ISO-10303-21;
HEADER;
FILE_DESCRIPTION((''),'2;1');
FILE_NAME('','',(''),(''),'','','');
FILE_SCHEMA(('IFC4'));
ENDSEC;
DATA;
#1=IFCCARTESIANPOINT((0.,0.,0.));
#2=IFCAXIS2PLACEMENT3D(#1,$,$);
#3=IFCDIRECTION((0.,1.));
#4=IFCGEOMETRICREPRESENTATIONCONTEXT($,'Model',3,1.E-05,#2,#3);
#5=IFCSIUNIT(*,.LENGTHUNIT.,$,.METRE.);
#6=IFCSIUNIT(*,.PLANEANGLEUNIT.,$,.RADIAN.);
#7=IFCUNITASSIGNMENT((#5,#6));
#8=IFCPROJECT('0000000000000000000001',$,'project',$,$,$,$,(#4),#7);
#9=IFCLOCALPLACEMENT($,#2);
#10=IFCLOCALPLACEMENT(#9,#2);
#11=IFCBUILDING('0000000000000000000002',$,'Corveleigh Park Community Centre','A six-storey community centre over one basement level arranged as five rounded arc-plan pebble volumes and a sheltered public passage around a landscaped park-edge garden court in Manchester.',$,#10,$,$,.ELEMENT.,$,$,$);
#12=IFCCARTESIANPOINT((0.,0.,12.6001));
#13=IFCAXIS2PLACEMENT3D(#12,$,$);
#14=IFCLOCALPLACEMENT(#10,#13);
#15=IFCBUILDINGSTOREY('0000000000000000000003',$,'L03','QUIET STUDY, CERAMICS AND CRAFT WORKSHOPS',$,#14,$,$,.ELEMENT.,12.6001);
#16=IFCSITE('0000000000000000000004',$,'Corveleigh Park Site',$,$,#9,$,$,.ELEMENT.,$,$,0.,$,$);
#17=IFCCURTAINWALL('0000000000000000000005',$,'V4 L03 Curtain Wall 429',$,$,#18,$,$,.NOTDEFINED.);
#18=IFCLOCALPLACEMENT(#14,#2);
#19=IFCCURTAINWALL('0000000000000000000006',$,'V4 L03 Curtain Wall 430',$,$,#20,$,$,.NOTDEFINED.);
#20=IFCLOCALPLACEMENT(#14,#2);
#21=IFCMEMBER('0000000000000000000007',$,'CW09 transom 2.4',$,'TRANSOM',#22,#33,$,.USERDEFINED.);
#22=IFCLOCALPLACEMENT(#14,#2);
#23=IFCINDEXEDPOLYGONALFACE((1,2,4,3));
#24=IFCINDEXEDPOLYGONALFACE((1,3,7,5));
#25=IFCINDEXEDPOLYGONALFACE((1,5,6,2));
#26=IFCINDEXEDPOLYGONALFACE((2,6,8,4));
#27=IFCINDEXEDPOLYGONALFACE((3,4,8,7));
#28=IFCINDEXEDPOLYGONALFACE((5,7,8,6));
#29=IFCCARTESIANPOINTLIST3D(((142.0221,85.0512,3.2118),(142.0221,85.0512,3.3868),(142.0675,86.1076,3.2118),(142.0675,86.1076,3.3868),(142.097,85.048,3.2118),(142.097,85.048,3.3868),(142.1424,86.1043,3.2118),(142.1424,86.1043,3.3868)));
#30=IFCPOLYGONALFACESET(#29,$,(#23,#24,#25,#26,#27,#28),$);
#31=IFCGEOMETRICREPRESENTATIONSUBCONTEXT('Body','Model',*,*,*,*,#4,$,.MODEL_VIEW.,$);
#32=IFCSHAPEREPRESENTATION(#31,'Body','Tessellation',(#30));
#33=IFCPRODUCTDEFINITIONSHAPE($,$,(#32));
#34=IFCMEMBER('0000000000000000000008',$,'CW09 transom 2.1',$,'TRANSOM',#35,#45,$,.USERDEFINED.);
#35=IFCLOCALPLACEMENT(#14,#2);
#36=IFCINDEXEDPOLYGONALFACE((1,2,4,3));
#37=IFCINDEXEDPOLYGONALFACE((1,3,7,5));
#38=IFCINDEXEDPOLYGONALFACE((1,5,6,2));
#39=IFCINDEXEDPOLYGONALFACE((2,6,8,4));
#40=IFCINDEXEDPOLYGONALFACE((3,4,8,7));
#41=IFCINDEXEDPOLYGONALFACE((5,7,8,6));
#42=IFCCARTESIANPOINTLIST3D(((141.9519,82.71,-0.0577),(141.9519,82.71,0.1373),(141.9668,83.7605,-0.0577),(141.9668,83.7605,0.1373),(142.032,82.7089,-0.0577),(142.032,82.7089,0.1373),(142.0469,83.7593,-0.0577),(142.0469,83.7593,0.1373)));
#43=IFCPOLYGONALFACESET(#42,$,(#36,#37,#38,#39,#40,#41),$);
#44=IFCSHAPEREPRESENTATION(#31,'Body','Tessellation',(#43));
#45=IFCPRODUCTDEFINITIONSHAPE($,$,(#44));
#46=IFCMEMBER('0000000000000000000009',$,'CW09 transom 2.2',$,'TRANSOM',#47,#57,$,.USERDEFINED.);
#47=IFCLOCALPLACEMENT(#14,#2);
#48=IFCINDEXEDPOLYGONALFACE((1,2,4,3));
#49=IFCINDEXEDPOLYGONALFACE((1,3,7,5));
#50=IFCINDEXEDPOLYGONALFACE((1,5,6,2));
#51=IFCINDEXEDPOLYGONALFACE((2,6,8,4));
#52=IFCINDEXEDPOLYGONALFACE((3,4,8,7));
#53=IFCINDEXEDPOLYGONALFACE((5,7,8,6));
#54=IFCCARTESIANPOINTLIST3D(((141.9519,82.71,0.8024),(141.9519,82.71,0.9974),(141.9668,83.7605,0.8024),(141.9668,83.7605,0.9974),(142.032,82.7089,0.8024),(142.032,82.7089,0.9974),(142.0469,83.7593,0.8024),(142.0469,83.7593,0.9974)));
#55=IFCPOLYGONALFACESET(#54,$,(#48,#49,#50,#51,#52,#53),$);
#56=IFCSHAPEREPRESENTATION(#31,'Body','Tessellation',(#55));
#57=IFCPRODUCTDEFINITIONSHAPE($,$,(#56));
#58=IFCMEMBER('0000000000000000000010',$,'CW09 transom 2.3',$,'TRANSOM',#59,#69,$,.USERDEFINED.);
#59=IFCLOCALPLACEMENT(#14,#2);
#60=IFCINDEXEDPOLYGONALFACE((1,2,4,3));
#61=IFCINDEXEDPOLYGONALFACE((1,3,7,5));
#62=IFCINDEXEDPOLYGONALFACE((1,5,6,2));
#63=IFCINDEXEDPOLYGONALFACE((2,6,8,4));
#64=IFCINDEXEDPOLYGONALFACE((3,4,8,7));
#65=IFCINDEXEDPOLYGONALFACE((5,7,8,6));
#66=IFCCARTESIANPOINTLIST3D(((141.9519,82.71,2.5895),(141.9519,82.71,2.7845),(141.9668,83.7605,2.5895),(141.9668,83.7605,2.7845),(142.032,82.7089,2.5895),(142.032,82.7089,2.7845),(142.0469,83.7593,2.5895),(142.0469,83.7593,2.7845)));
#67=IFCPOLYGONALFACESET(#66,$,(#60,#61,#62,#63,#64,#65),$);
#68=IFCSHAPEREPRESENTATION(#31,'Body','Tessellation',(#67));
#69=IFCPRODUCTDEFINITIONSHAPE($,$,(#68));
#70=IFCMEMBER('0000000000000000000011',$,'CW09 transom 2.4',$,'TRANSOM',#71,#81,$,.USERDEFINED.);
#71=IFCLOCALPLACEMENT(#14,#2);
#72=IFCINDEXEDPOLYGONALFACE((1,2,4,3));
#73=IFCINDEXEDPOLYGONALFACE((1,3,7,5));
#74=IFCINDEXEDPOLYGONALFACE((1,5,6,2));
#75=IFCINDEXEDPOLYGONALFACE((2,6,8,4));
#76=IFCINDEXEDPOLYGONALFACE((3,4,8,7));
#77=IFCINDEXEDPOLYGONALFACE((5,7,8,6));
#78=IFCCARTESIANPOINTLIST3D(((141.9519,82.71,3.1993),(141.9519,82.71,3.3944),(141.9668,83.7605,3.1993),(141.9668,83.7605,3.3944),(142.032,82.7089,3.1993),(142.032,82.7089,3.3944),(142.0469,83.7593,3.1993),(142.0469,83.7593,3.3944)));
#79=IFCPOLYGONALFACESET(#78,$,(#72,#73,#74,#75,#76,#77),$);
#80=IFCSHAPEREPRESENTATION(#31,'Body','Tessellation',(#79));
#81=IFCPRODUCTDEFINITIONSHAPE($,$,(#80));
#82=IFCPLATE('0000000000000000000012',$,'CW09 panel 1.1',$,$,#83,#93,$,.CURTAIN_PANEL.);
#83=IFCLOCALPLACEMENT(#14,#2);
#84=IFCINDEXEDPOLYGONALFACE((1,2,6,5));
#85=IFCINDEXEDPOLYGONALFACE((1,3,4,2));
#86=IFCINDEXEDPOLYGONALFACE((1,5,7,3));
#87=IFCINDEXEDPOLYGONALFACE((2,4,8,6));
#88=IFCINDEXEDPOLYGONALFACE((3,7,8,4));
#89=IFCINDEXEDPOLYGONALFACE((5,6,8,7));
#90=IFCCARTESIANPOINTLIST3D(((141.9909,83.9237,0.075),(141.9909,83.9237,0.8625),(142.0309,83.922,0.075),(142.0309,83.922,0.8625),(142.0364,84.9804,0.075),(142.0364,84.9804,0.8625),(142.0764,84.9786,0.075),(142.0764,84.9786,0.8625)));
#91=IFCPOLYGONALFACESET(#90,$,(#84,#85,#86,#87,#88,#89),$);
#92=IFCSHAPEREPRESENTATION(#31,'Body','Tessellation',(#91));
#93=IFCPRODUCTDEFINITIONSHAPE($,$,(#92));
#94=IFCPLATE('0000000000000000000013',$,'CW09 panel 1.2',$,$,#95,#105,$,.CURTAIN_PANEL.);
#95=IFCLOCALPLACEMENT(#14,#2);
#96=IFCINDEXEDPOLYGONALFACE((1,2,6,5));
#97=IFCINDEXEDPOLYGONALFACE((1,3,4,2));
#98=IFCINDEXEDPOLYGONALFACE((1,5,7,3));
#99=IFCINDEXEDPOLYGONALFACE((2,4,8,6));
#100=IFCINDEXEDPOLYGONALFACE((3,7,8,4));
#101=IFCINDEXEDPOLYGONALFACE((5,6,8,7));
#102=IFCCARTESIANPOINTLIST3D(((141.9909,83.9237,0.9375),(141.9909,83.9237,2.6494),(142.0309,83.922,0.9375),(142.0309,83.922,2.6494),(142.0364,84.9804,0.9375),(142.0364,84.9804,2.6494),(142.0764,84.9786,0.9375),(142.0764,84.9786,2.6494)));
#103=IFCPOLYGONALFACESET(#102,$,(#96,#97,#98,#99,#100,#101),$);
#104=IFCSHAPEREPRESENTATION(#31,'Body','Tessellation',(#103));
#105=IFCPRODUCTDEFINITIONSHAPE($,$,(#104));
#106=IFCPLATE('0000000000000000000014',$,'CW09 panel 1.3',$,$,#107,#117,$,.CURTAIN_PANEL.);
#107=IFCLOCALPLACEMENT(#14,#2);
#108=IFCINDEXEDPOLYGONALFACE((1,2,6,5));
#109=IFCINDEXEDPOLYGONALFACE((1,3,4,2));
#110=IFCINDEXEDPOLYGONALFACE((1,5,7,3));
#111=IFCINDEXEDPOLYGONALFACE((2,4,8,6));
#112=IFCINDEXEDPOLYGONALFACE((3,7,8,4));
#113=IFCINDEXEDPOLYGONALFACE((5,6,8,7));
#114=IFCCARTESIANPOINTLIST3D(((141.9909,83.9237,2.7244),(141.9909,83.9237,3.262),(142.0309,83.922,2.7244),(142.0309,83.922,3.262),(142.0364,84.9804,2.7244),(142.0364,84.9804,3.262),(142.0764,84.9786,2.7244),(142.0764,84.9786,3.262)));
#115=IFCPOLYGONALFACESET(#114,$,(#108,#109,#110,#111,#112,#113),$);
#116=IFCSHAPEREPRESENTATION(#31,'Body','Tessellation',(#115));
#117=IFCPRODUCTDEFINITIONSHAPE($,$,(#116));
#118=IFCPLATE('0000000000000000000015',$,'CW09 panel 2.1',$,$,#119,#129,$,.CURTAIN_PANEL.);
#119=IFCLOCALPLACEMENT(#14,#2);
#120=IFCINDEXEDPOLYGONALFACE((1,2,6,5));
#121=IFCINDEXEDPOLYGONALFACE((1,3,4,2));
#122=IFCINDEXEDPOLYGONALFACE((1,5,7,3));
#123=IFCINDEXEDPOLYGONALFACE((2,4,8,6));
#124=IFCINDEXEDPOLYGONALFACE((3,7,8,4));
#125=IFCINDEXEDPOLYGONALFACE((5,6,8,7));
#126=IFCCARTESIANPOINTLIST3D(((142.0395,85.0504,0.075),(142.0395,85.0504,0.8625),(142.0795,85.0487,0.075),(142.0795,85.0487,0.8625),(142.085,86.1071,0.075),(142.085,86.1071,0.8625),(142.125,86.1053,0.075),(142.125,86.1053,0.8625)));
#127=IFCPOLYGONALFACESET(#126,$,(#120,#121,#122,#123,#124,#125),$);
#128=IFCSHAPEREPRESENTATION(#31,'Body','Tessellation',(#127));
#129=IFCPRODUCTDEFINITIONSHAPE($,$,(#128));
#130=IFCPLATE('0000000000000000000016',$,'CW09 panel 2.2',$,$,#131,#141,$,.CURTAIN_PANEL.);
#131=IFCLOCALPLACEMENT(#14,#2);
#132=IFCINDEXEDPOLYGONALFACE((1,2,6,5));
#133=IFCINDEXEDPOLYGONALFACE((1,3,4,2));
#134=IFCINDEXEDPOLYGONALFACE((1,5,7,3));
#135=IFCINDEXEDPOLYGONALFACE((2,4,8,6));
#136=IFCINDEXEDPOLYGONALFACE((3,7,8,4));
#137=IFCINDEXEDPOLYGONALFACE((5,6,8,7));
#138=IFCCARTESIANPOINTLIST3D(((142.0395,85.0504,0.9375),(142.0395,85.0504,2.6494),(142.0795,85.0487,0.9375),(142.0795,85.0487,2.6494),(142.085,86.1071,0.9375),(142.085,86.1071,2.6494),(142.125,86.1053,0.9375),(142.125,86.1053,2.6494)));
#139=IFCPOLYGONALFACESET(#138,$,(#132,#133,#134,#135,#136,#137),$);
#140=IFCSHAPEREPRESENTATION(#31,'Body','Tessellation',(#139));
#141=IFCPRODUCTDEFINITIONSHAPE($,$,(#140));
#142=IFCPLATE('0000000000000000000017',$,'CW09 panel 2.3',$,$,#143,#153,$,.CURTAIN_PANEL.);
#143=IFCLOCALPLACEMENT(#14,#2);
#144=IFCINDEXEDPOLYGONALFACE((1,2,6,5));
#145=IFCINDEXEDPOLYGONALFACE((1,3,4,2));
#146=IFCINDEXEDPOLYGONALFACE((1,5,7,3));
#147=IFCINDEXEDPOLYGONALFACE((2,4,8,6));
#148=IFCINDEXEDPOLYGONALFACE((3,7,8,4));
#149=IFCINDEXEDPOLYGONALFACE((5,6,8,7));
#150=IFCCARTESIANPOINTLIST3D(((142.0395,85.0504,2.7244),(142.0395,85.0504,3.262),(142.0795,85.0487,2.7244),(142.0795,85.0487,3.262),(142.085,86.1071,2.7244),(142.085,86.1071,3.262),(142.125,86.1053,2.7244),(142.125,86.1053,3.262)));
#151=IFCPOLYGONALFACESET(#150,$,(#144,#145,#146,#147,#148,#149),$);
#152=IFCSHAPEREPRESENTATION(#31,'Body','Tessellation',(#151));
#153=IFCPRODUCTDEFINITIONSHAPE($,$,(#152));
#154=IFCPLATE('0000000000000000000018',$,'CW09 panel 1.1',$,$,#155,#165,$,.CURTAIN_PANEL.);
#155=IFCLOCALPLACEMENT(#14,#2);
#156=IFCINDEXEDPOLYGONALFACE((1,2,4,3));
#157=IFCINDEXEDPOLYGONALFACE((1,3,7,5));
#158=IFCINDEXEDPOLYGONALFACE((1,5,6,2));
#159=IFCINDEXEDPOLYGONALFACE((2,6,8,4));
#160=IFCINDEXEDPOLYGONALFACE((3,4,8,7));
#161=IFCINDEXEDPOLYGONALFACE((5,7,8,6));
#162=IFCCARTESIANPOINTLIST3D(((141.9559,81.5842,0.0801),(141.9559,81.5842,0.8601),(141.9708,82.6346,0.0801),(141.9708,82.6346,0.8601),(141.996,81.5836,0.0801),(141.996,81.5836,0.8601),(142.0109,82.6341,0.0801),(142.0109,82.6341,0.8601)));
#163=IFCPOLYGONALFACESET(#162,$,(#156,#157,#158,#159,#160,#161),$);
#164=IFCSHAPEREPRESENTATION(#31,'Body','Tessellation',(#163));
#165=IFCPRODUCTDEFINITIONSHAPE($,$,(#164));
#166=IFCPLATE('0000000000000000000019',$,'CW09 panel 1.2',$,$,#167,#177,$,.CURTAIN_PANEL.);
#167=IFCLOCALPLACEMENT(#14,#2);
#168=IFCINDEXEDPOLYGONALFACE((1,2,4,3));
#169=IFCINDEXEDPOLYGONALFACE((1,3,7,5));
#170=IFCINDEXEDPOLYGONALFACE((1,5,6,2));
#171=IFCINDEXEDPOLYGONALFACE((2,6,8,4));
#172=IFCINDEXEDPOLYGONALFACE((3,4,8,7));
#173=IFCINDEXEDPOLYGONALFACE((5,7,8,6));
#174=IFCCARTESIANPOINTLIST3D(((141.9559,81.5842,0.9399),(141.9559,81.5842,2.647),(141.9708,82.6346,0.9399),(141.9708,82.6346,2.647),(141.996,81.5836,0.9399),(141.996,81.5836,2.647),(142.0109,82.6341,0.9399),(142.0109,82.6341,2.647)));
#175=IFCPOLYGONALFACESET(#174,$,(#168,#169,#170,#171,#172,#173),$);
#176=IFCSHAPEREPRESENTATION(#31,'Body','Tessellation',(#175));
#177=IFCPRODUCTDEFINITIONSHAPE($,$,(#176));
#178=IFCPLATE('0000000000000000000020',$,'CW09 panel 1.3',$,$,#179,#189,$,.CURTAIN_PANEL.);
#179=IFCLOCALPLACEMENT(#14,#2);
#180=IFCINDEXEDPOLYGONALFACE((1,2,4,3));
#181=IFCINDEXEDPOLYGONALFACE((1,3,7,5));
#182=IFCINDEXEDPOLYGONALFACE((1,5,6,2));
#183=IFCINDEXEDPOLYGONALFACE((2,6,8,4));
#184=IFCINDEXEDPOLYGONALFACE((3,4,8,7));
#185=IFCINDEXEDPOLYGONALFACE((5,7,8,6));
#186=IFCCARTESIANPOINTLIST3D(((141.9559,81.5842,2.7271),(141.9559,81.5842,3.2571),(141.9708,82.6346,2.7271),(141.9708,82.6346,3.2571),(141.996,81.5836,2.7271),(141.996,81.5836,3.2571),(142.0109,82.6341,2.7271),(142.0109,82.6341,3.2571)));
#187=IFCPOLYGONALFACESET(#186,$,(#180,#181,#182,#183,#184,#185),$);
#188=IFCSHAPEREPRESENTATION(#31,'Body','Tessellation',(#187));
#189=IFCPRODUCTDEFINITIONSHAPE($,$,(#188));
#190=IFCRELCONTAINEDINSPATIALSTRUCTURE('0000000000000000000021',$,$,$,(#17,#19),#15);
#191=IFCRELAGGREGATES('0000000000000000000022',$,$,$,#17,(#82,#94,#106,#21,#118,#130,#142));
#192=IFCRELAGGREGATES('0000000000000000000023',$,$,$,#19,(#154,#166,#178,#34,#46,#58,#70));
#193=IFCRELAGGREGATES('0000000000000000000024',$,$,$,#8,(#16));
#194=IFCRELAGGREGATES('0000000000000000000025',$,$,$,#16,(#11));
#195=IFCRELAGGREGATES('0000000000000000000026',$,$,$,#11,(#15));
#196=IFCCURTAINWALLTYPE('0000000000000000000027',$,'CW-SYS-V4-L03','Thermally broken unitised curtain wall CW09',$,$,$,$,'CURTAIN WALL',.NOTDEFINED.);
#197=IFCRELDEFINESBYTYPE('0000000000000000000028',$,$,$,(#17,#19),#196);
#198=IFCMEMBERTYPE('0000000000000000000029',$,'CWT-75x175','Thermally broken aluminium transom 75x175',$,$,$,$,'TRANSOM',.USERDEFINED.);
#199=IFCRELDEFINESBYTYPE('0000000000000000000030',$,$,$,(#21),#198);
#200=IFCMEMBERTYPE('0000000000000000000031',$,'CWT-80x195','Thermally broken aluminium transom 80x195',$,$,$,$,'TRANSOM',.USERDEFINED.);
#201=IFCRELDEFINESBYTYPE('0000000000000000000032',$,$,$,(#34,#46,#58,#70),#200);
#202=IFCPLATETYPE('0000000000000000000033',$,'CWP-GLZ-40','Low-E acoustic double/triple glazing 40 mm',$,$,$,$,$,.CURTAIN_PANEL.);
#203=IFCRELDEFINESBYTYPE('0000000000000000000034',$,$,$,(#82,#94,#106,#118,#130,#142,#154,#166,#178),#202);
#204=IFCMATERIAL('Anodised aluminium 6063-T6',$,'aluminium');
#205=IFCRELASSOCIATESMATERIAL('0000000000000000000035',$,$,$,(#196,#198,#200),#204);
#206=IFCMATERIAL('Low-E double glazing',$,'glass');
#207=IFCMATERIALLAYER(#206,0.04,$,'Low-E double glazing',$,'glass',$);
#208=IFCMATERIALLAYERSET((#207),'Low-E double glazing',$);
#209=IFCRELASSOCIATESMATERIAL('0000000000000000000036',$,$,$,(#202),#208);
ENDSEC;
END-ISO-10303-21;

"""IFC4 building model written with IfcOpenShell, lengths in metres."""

from ifc_helpers import new_model, si_unit, direction, frame, origin, origin_2d, place, context, subcontext, project, spatial, rectangle, extrude, material, layer, layer_set, material_profile, profile_set, type_object, element, aggregate, save


model = new_model("IFC4")

# Units and contexts
model_context = context("Model", 3, precision=1e-05, world=origin(), true_north=direction((0.0, 1.0)))
body_context = subcontext(model_context, "Body", "Model", "MODEL_VIEW")
ifc_project = project(units=[si_unit("LENGTHUNIT", "METRE"), si_unit("PLANEANGLEUNIT", "RADIAN")], contexts=[model_context])

# Site, building, storey
site_placement = place(None, origin())
site = spatial("IfcSite", under=ifc_project, at=site_placement, Name="Corveleigh Park Site", CompositionType="ELEMENT", RefElevation=0.0)
building_placement = place(site_placement, origin())
building = spatial("IfcBuilding", under=site, at=building_placement, Name="Corveleigh Park Community Centre", Description="A six-storey community centre over one basement level arranged as five rounded arc-plan pebble volumes and a sheltered public passage around a landscaped park-edge garden court in Manchester.", CompositionType="ELEMENT")
storey_placement = place(building_placement, frame((0.0, 0.0, 12.6001)))
storey = spatial("IfcBuildingStorey", under=building, at=storey_placement, Name="L03", Description="QUIET STUDY, CERAMICS AND CRAFT WORKSHOPS", CompositionType="ELEMENT", Elevation=12.6001)

# Shared definitions
ifc_material_1 = material(Name="Anodised aluminium 6063-T6", Category="aluminium")
curtain_wall_type = type_object("IfcCurtainWallType", Name="CW-SYS-V4-L03", Description="Thermally broken unitised curtain wall CW09", ElementType="CURTAIN WALL", PredefinedType="NOTDEFINED", material=ifc_material_1)

# Curtain walls
curtain_wall_1_placement = place(storey_placement, origin())
curtain_wall_1 = element("IfcCurtainWall", 1, at=curtain_wall_1_placement, inside=storey, type_object=curtain_wall_type, Name="V4 L03 Curtain Wall 429", PredefinedType="NOTDEFINED")
curtain_wall_2_placement = place(storey_placement, origin())
curtain_wall_2 = element("IfcCurtainWall", 2, at=curtain_wall_2_placement, inside=storey, type_object=curtain_wall_type, Name="V4 L03 Curtain Wall 430", PredefinedType="NOTDEFINED")

# Members
ifc_material_profile_1 = material_profile(ifc_material_1, rectangle(XDim=0.075, YDim=0.175, at=origin_2d()), Name="ALU-T75x175", Category="aluminium")
ifc_profile_set_1 = profile_set([ifc_material_profile_1], Name="Anodised aluminium 6063-T6")
member_type_1 = type_object("IfcMemberType", Name="CWT-75x175", Description="Thermally broken aluminium transom 75x175", ElementType="TRANSOM", PredefinedType="USERDEFINED", material=ifc_profile_set_1)
member_1_placement = place(storey_placement, frame((142.0596, 85.0496, 3.2993), z_axis=(0.042946, 0.999077, 0.0), x_axis=(-0.999077, 0.042946, 0.0)))
member_1 = element("IfcMember", 3, at=member_1_placement, type_object=member_type_1, Name="CW09 transom 2.4", ObjectType="TRANSOM", PredefinedType="USERDEFINED", context=body_context, shape_type="SweptSolid", body=[
    extrude(rectangle(XDim=0.075, YDim=0.175, at=origin_2d()), origin(), (0.0, 0.0, 1.0), 1.0574),
])
ifc_material_profile_2 = material_profile(ifc_material_1, rectangle(XDim=0.0801, YDim=0.1951, at=origin_2d()), Name="ALU-T80x195", Category="aluminium")
ifc_profile_set_2 = profile_set([ifc_material_profile_2], Name="Anodised aluminium 6063-T6")
member_type_2 = type_object("IfcMemberType", Name="CWT-80x195", Description="Thermally broken aluminium transom 80x195", ElementType="TRANSOM", PredefinedType="USERDEFINED", material=ifc_profile_set_2)
member_2_placement = place(storey_placement, frame((141.9919, 82.7095, 0.0398), z_axis=(0.014175, 0.9999, 0.0), x_axis=(-0.9999, 0.014175, 0.0)))
member_2 = element("IfcMember", 4, at=member_2_placement, type_object=member_type_2, Name="CW09 transom 2.1", ObjectType="TRANSOM", PredefinedType="USERDEFINED", context=body_context, shape_type="SweptSolid", body=[
    extrude(rectangle(XDim=0.0801, YDim=0.1951, at=origin_2d()), origin(), (0.0, 0.0, 1.0), 1.0505),
])
member_3_placement = place(storey_placement, frame((141.9919, 82.7095, 0.8999), z_axis=(0.014175, 0.9999, 0.0), x_axis=(-0.9999, 0.014175, 0.0)))
member_3 = element("IfcMember", 5, at=member_3_placement, type_object=member_type_2, Name="CW09 transom 2.2", ObjectType="TRANSOM", PredefinedType="USERDEFINED", context=body_context, shape_type="SweptSolid", body=[
    extrude(rectangle(XDim=0.0801, YDim=0.1951, at=origin_2d()), origin(), (0.0, 0.0, 1.0), 1.0505),
])
member_4_placement = place(storey_placement, frame((141.9919, 82.7095, 2.687), z_axis=(0.014175, 0.9999, 0.0), x_axis=(-0.9999, 0.014175, 0.0)))
member_4 = element("IfcMember", 6, at=member_4_placement, type_object=member_type_2, Name="CW09 transom 2.3", ObjectType="TRANSOM", PredefinedType="USERDEFINED", context=body_context, shape_type="SweptSolid", body=[
    extrude(rectangle(XDim=0.0801, YDim=0.1951, at=origin_2d()), origin(), (0.0, 0.0, 1.0), 1.0505),
])
member_5_placement = place(storey_placement, frame((141.9919, 82.7095, 3.2969), z_axis=(0.014175, 0.9999, 0.0), x_axis=(-0.9999, 0.014175, 0.0)))
member_5 = element("IfcMember", 7, at=member_5_placement, type_object=member_type_2, Name="CW09 transom 2.4", ObjectType="TRANSOM", PredefinedType="USERDEFINED", context=body_context, shape_type="SweptSolid", body=[
    extrude(rectangle(XDim=0.0801, YDim=0.1951, at=origin_2d()), origin(), (0.0, 0.0, 1.0), 1.0505),
])

# Plates
ifc_material_2 = material(Name="Low-E double glazing", Category="glass")
ifc_layer_1 = layer(ifc_material_2, 0.04, Name="Low-E double glazing", Category="glass")
ifc_layer_set_1 = layer_set([ifc_layer_1], Name="Low-E double glazing")
plate_type = type_object("IfcPlateType", Name="CWP-GLZ-40", Description="Low-E acoustic double/triple glazing 40 mm", PredefinedType="CURTAIN_PANEL", material=ifc_layer_set_1)
plate_1_placement = place(storey_placement, frame((142.0337, 84.4512, 0.075), z_axis=(0.0, 0.0, 1.0), x_axis=(0.043008, 0.999075, 0.0)))
plate_1 = element("IfcPlate", 8, at=plate_1_placement, type_object=plate_type, Name="CW09 panel 1.1", PredefinedType="CURTAIN_PANEL", context=body_context, shape_type="SweptSolid", body=[
    extrude(rectangle(XDim=1.0576, YDim=0.04, at=origin_2d()), origin(), (0.0, 0.0, 1.0), 0.7876),
])
plate_2_placement = place(storey_placement, frame((142.0337, 84.4512, 0.9375), z_axis=(0.0, 0.0, 1.0), x_axis=(0.043008, 0.999075, 0.0)))
plate_2 = element("IfcPlate", 9, at=plate_2_placement, type_object=plate_type, Name="CW09 panel 1.2", PredefinedType="CURTAIN_PANEL", context=body_context, shape_type="SweptSolid", body=[
    extrude(rectangle(XDim=1.0576, YDim=0.04, at=origin_2d()), origin(), (0.0, 0.0, 1.0), 1.7119),
])
plate_3_placement = place(storey_placement, frame((142.0337, 84.4512, 2.7244), z_axis=(0.0, 0.0, 1.0), x_axis=(0.043008, 0.999075, 0.0)))
plate_3 = element("IfcPlate", 10, at=plate_3_placement, type_object=plate_type, Name="CW09 panel 1.3", PredefinedType="CURTAIN_PANEL", context=body_context, shape_type="SweptSolid", body=[
    extrude(rectangle(XDim=1.0576, YDim=0.04, at=origin_2d()), origin(), (0.0, 0.0, 1.0), 0.5376),
])
plate_4_placement = place(storey_placement, frame((142.0823, 85.5779, 0.075), z_axis=(0.0, 0.0, 1.0), x_axis=(0.043008, 0.999075, 0.0)))
plate_4 = element("IfcPlate", 11, at=plate_4_placement, type_object=plate_type, Name="CW09 panel 2.1", PredefinedType="CURTAIN_PANEL", context=body_context, shape_type="SweptSolid", body=[
    extrude(rectangle(XDim=1.0576, YDim=0.04, at=origin_2d()), origin(), (0.0, 0.0, 1.0), 0.7876),
])
plate_5_placement = place(storey_placement, frame((142.0823, 85.5779, 0.9375), z_axis=(0.0, 0.0, 1.0), x_axis=(0.043008, 0.999075, 0.0)))
plate_5 = element("IfcPlate", 12, at=plate_5_placement, type_object=plate_type, Name="CW09 panel 2.2", PredefinedType="CURTAIN_PANEL", context=body_context, shape_type="SweptSolid", body=[
    extrude(rectangle(XDim=1.0576, YDim=0.04, at=origin_2d()), origin(), (0.0, 0.0, 1.0), 1.7119),
])
plate_6_placement = place(storey_placement, frame((142.0823, 85.5779, 2.7244), z_axis=(0.0, 0.0, 1.0), x_axis=(0.043008, 0.999075, 0.0)))
plate_6 = element("IfcPlate", 13, at=plate_6_placement, type_object=plate_type, Name="CW09 panel 2.3", PredefinedType="CURTAIN_PANEL", context=body_context, shape_type="SweptSolid", body=[
    extrude(rectangle(XDim=1.0576, YDim=0.04, at=origin_2d()), origin(), (0.0, 0.0, 1.0), 0.5376),
])
aggregate(curtain_wall_1, [plate_1, plate_2, plate_3, member_1, plate_4, plate_5, plate_6])
plate_7_placement = place(storey_placement, frame((141.9834, 82.1091, 0.0801), z_axis=(0.0, 0.0, 1.0), x_axis=(0.014186, 0.999899, 0.0)))
plate_7 = element("IfcPlate", 14, at=plate_7_placement, type_object=plate_type, Name="CW09 panel 1.1", PredefinedType="CURTAIN_PANEL", context=body_context, shape_type="SweptSolid", body=[
    extrude(rectangle(XDim=1.0505, YDim=0.04, at=origin_2d()), origin(), (0.0, 0.0, 1.0), 0.78),
])
plate_8_placement = place(storey_placement, frame((141.9834, 82.1091, 0.9399), z_axis=(0.0, 0.0, 1.0), x_axis=(0.014186, 0.999899, 0.0)))
plate_8 = element("IfcPlate", 15, at=plate_8_placement, type_object=plate_type, Name="CW09 panel 1.2", PredefinedType="CURTAIN_PANEL", context=body_context, shape_type="SweptSolid", body=[
    extrude(rectangle(XDim=1.0505, YDim=0.04, at=origin_2d()), origin(), (0.0, 0.0, 1.0), 1.707),
])
plate_9_placement = place(storey_placement, frame((141.9834, 82.1091, 2.7271), z_axis=(0.0, 0.0, 1.0), x_axis=(0.014186, 0.999899, 0.0)))
plate_9 = element("IfcPlate", 16, at=plate_9_placement, type_object=plate_type, Name="CW09 panel 1.3", PredefinedType="CURTAIN_PANEL", context=body_context, shape_type="SweptSolid", body=[
    extrude(rectangle(XDim=1.0505, YDim=0.04, at=origin_2d()), origin(), (0.0, 0.0, 1.0), 0.53),
])
aggregate(curtain_wall_2, [plate_7, plate_8, plate_9, member_2, member_3, member_4, member_5])

save(model, "model.ifc")
